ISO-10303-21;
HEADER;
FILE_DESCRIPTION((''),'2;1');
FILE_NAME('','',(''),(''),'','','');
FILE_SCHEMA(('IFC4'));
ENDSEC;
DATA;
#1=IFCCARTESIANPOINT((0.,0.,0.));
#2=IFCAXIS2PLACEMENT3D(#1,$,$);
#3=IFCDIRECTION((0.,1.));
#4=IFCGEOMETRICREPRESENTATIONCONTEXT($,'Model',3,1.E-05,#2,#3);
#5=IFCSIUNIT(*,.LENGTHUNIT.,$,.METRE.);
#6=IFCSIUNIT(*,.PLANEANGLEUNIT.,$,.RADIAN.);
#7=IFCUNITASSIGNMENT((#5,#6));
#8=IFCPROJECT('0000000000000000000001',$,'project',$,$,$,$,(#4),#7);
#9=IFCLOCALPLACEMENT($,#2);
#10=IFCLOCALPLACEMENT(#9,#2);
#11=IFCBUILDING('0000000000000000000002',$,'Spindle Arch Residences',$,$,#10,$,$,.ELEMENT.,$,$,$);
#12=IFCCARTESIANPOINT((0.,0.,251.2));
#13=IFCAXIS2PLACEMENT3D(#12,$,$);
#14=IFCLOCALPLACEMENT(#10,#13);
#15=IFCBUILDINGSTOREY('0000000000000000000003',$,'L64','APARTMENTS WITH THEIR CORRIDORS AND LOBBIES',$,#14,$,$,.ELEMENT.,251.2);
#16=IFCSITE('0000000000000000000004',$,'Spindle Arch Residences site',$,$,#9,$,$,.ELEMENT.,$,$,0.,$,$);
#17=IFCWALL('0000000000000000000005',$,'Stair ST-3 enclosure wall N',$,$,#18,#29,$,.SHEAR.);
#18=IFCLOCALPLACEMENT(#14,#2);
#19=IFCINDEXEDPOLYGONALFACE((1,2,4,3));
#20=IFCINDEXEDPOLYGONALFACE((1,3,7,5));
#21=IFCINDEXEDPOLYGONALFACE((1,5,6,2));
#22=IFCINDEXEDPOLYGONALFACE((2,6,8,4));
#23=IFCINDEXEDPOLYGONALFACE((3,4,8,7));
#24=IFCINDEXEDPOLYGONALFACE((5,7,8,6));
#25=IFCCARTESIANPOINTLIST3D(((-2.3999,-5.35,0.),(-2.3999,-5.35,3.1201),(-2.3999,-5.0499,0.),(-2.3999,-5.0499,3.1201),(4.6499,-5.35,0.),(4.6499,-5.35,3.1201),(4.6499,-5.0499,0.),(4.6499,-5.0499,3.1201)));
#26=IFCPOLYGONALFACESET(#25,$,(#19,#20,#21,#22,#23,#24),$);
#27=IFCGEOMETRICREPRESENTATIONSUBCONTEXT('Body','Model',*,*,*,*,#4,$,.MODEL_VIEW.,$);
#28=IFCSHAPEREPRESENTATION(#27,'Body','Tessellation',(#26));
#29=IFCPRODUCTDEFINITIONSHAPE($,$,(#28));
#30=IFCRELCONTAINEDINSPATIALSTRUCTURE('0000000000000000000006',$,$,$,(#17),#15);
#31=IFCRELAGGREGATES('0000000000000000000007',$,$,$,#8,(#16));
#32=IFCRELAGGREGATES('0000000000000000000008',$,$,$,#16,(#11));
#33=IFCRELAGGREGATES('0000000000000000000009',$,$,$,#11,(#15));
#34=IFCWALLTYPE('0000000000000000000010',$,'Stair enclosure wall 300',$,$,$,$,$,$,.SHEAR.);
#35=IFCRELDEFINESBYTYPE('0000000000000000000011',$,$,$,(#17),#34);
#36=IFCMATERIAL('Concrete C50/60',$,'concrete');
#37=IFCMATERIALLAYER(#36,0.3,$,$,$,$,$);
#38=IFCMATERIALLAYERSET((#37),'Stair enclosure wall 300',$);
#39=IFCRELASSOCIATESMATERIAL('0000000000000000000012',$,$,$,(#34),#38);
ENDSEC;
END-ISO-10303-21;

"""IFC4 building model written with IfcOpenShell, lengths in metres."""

from ifc_helpers import new_model, si_unit, direction, frame, frame_2d, origin, place, context, subcontext, project, spatial, rectangle, extrude, material, layer, layer_set, type_object, element, save


model = new_model("IFC4")

# Units and contexts
model_context = context("Model", 3, precision=1e-05, world=origin(), true_north=direction((0.0, 1.0)))
body_context = subcontext(model_context, "Body", "Model", "MODEL_VIEW")
ifc_project = project(units=[si_unit("LENGTHUNIT", "METRE"), si_unit("PLANEANGLEUNIT", "RADIAN")], contexts=[model_context])

# Site, building, storey
site_placement = place(None, origin())
site = spatial("IfcSite", under=ifc_project, at=site_placement, Name="Spindle Arch Residences site", CompositionType="ELEMENT", RefElevation=0.0)
building_placement = place(site_placement, origin())
building = spatial("IfcBuilding", under=site, at=building_placement, Name="Spindle Arch Residences", CompositionType="ELEMENT")
storey_placement = place(building_placement, frame((0.0, 0.0, 251.2)))
storey = spatial("IfcBuildingStorey", under=building, at=storey_placement, Name="L64", Description="APARTMENTS WITH THEIR CORRIDORS AND LOBBIES", CompositionType="ELEMENT", Elevation=251.2)

# Wall
ifc_material_1 = material(Name="Concrete C50/60", Category="concrete")
ifc_layer_1 = layer(ifc_material_1, 0.3)
ifc_layer_set_1 = layer_set([ifc_layer_1], Name="Stair enclosure wall 300")
wall_type_1 = type_object("IfcWallType", Name="Stair enclosure wall 300", PredefinedType="SHEAR", material=ifc_layer_set_1)
wall_1_placement = place(storey_placement, frame((-2.3999, -5.2, 0.0), z_axis=(0.0, 0.0, 1.0), x_axis=(1.0, 0.0, 0.0)))
element("IfcWall", 1, at=wall_1_placement, inside=storey, type_object=wall_type_1, Name="Stair ST-3 enclosure wall N", PredefinedType="SHEAR", context=body_context, shape_type="SweptSolid", body=[
    extrude(rectangle(XDim=7.0498, YDim=0.3, at=frame_2d((3.5249, 0.0))), origin(), (0.0, 0.0, 1.0), 3.1201),
])

save(model, "model.ifc")
